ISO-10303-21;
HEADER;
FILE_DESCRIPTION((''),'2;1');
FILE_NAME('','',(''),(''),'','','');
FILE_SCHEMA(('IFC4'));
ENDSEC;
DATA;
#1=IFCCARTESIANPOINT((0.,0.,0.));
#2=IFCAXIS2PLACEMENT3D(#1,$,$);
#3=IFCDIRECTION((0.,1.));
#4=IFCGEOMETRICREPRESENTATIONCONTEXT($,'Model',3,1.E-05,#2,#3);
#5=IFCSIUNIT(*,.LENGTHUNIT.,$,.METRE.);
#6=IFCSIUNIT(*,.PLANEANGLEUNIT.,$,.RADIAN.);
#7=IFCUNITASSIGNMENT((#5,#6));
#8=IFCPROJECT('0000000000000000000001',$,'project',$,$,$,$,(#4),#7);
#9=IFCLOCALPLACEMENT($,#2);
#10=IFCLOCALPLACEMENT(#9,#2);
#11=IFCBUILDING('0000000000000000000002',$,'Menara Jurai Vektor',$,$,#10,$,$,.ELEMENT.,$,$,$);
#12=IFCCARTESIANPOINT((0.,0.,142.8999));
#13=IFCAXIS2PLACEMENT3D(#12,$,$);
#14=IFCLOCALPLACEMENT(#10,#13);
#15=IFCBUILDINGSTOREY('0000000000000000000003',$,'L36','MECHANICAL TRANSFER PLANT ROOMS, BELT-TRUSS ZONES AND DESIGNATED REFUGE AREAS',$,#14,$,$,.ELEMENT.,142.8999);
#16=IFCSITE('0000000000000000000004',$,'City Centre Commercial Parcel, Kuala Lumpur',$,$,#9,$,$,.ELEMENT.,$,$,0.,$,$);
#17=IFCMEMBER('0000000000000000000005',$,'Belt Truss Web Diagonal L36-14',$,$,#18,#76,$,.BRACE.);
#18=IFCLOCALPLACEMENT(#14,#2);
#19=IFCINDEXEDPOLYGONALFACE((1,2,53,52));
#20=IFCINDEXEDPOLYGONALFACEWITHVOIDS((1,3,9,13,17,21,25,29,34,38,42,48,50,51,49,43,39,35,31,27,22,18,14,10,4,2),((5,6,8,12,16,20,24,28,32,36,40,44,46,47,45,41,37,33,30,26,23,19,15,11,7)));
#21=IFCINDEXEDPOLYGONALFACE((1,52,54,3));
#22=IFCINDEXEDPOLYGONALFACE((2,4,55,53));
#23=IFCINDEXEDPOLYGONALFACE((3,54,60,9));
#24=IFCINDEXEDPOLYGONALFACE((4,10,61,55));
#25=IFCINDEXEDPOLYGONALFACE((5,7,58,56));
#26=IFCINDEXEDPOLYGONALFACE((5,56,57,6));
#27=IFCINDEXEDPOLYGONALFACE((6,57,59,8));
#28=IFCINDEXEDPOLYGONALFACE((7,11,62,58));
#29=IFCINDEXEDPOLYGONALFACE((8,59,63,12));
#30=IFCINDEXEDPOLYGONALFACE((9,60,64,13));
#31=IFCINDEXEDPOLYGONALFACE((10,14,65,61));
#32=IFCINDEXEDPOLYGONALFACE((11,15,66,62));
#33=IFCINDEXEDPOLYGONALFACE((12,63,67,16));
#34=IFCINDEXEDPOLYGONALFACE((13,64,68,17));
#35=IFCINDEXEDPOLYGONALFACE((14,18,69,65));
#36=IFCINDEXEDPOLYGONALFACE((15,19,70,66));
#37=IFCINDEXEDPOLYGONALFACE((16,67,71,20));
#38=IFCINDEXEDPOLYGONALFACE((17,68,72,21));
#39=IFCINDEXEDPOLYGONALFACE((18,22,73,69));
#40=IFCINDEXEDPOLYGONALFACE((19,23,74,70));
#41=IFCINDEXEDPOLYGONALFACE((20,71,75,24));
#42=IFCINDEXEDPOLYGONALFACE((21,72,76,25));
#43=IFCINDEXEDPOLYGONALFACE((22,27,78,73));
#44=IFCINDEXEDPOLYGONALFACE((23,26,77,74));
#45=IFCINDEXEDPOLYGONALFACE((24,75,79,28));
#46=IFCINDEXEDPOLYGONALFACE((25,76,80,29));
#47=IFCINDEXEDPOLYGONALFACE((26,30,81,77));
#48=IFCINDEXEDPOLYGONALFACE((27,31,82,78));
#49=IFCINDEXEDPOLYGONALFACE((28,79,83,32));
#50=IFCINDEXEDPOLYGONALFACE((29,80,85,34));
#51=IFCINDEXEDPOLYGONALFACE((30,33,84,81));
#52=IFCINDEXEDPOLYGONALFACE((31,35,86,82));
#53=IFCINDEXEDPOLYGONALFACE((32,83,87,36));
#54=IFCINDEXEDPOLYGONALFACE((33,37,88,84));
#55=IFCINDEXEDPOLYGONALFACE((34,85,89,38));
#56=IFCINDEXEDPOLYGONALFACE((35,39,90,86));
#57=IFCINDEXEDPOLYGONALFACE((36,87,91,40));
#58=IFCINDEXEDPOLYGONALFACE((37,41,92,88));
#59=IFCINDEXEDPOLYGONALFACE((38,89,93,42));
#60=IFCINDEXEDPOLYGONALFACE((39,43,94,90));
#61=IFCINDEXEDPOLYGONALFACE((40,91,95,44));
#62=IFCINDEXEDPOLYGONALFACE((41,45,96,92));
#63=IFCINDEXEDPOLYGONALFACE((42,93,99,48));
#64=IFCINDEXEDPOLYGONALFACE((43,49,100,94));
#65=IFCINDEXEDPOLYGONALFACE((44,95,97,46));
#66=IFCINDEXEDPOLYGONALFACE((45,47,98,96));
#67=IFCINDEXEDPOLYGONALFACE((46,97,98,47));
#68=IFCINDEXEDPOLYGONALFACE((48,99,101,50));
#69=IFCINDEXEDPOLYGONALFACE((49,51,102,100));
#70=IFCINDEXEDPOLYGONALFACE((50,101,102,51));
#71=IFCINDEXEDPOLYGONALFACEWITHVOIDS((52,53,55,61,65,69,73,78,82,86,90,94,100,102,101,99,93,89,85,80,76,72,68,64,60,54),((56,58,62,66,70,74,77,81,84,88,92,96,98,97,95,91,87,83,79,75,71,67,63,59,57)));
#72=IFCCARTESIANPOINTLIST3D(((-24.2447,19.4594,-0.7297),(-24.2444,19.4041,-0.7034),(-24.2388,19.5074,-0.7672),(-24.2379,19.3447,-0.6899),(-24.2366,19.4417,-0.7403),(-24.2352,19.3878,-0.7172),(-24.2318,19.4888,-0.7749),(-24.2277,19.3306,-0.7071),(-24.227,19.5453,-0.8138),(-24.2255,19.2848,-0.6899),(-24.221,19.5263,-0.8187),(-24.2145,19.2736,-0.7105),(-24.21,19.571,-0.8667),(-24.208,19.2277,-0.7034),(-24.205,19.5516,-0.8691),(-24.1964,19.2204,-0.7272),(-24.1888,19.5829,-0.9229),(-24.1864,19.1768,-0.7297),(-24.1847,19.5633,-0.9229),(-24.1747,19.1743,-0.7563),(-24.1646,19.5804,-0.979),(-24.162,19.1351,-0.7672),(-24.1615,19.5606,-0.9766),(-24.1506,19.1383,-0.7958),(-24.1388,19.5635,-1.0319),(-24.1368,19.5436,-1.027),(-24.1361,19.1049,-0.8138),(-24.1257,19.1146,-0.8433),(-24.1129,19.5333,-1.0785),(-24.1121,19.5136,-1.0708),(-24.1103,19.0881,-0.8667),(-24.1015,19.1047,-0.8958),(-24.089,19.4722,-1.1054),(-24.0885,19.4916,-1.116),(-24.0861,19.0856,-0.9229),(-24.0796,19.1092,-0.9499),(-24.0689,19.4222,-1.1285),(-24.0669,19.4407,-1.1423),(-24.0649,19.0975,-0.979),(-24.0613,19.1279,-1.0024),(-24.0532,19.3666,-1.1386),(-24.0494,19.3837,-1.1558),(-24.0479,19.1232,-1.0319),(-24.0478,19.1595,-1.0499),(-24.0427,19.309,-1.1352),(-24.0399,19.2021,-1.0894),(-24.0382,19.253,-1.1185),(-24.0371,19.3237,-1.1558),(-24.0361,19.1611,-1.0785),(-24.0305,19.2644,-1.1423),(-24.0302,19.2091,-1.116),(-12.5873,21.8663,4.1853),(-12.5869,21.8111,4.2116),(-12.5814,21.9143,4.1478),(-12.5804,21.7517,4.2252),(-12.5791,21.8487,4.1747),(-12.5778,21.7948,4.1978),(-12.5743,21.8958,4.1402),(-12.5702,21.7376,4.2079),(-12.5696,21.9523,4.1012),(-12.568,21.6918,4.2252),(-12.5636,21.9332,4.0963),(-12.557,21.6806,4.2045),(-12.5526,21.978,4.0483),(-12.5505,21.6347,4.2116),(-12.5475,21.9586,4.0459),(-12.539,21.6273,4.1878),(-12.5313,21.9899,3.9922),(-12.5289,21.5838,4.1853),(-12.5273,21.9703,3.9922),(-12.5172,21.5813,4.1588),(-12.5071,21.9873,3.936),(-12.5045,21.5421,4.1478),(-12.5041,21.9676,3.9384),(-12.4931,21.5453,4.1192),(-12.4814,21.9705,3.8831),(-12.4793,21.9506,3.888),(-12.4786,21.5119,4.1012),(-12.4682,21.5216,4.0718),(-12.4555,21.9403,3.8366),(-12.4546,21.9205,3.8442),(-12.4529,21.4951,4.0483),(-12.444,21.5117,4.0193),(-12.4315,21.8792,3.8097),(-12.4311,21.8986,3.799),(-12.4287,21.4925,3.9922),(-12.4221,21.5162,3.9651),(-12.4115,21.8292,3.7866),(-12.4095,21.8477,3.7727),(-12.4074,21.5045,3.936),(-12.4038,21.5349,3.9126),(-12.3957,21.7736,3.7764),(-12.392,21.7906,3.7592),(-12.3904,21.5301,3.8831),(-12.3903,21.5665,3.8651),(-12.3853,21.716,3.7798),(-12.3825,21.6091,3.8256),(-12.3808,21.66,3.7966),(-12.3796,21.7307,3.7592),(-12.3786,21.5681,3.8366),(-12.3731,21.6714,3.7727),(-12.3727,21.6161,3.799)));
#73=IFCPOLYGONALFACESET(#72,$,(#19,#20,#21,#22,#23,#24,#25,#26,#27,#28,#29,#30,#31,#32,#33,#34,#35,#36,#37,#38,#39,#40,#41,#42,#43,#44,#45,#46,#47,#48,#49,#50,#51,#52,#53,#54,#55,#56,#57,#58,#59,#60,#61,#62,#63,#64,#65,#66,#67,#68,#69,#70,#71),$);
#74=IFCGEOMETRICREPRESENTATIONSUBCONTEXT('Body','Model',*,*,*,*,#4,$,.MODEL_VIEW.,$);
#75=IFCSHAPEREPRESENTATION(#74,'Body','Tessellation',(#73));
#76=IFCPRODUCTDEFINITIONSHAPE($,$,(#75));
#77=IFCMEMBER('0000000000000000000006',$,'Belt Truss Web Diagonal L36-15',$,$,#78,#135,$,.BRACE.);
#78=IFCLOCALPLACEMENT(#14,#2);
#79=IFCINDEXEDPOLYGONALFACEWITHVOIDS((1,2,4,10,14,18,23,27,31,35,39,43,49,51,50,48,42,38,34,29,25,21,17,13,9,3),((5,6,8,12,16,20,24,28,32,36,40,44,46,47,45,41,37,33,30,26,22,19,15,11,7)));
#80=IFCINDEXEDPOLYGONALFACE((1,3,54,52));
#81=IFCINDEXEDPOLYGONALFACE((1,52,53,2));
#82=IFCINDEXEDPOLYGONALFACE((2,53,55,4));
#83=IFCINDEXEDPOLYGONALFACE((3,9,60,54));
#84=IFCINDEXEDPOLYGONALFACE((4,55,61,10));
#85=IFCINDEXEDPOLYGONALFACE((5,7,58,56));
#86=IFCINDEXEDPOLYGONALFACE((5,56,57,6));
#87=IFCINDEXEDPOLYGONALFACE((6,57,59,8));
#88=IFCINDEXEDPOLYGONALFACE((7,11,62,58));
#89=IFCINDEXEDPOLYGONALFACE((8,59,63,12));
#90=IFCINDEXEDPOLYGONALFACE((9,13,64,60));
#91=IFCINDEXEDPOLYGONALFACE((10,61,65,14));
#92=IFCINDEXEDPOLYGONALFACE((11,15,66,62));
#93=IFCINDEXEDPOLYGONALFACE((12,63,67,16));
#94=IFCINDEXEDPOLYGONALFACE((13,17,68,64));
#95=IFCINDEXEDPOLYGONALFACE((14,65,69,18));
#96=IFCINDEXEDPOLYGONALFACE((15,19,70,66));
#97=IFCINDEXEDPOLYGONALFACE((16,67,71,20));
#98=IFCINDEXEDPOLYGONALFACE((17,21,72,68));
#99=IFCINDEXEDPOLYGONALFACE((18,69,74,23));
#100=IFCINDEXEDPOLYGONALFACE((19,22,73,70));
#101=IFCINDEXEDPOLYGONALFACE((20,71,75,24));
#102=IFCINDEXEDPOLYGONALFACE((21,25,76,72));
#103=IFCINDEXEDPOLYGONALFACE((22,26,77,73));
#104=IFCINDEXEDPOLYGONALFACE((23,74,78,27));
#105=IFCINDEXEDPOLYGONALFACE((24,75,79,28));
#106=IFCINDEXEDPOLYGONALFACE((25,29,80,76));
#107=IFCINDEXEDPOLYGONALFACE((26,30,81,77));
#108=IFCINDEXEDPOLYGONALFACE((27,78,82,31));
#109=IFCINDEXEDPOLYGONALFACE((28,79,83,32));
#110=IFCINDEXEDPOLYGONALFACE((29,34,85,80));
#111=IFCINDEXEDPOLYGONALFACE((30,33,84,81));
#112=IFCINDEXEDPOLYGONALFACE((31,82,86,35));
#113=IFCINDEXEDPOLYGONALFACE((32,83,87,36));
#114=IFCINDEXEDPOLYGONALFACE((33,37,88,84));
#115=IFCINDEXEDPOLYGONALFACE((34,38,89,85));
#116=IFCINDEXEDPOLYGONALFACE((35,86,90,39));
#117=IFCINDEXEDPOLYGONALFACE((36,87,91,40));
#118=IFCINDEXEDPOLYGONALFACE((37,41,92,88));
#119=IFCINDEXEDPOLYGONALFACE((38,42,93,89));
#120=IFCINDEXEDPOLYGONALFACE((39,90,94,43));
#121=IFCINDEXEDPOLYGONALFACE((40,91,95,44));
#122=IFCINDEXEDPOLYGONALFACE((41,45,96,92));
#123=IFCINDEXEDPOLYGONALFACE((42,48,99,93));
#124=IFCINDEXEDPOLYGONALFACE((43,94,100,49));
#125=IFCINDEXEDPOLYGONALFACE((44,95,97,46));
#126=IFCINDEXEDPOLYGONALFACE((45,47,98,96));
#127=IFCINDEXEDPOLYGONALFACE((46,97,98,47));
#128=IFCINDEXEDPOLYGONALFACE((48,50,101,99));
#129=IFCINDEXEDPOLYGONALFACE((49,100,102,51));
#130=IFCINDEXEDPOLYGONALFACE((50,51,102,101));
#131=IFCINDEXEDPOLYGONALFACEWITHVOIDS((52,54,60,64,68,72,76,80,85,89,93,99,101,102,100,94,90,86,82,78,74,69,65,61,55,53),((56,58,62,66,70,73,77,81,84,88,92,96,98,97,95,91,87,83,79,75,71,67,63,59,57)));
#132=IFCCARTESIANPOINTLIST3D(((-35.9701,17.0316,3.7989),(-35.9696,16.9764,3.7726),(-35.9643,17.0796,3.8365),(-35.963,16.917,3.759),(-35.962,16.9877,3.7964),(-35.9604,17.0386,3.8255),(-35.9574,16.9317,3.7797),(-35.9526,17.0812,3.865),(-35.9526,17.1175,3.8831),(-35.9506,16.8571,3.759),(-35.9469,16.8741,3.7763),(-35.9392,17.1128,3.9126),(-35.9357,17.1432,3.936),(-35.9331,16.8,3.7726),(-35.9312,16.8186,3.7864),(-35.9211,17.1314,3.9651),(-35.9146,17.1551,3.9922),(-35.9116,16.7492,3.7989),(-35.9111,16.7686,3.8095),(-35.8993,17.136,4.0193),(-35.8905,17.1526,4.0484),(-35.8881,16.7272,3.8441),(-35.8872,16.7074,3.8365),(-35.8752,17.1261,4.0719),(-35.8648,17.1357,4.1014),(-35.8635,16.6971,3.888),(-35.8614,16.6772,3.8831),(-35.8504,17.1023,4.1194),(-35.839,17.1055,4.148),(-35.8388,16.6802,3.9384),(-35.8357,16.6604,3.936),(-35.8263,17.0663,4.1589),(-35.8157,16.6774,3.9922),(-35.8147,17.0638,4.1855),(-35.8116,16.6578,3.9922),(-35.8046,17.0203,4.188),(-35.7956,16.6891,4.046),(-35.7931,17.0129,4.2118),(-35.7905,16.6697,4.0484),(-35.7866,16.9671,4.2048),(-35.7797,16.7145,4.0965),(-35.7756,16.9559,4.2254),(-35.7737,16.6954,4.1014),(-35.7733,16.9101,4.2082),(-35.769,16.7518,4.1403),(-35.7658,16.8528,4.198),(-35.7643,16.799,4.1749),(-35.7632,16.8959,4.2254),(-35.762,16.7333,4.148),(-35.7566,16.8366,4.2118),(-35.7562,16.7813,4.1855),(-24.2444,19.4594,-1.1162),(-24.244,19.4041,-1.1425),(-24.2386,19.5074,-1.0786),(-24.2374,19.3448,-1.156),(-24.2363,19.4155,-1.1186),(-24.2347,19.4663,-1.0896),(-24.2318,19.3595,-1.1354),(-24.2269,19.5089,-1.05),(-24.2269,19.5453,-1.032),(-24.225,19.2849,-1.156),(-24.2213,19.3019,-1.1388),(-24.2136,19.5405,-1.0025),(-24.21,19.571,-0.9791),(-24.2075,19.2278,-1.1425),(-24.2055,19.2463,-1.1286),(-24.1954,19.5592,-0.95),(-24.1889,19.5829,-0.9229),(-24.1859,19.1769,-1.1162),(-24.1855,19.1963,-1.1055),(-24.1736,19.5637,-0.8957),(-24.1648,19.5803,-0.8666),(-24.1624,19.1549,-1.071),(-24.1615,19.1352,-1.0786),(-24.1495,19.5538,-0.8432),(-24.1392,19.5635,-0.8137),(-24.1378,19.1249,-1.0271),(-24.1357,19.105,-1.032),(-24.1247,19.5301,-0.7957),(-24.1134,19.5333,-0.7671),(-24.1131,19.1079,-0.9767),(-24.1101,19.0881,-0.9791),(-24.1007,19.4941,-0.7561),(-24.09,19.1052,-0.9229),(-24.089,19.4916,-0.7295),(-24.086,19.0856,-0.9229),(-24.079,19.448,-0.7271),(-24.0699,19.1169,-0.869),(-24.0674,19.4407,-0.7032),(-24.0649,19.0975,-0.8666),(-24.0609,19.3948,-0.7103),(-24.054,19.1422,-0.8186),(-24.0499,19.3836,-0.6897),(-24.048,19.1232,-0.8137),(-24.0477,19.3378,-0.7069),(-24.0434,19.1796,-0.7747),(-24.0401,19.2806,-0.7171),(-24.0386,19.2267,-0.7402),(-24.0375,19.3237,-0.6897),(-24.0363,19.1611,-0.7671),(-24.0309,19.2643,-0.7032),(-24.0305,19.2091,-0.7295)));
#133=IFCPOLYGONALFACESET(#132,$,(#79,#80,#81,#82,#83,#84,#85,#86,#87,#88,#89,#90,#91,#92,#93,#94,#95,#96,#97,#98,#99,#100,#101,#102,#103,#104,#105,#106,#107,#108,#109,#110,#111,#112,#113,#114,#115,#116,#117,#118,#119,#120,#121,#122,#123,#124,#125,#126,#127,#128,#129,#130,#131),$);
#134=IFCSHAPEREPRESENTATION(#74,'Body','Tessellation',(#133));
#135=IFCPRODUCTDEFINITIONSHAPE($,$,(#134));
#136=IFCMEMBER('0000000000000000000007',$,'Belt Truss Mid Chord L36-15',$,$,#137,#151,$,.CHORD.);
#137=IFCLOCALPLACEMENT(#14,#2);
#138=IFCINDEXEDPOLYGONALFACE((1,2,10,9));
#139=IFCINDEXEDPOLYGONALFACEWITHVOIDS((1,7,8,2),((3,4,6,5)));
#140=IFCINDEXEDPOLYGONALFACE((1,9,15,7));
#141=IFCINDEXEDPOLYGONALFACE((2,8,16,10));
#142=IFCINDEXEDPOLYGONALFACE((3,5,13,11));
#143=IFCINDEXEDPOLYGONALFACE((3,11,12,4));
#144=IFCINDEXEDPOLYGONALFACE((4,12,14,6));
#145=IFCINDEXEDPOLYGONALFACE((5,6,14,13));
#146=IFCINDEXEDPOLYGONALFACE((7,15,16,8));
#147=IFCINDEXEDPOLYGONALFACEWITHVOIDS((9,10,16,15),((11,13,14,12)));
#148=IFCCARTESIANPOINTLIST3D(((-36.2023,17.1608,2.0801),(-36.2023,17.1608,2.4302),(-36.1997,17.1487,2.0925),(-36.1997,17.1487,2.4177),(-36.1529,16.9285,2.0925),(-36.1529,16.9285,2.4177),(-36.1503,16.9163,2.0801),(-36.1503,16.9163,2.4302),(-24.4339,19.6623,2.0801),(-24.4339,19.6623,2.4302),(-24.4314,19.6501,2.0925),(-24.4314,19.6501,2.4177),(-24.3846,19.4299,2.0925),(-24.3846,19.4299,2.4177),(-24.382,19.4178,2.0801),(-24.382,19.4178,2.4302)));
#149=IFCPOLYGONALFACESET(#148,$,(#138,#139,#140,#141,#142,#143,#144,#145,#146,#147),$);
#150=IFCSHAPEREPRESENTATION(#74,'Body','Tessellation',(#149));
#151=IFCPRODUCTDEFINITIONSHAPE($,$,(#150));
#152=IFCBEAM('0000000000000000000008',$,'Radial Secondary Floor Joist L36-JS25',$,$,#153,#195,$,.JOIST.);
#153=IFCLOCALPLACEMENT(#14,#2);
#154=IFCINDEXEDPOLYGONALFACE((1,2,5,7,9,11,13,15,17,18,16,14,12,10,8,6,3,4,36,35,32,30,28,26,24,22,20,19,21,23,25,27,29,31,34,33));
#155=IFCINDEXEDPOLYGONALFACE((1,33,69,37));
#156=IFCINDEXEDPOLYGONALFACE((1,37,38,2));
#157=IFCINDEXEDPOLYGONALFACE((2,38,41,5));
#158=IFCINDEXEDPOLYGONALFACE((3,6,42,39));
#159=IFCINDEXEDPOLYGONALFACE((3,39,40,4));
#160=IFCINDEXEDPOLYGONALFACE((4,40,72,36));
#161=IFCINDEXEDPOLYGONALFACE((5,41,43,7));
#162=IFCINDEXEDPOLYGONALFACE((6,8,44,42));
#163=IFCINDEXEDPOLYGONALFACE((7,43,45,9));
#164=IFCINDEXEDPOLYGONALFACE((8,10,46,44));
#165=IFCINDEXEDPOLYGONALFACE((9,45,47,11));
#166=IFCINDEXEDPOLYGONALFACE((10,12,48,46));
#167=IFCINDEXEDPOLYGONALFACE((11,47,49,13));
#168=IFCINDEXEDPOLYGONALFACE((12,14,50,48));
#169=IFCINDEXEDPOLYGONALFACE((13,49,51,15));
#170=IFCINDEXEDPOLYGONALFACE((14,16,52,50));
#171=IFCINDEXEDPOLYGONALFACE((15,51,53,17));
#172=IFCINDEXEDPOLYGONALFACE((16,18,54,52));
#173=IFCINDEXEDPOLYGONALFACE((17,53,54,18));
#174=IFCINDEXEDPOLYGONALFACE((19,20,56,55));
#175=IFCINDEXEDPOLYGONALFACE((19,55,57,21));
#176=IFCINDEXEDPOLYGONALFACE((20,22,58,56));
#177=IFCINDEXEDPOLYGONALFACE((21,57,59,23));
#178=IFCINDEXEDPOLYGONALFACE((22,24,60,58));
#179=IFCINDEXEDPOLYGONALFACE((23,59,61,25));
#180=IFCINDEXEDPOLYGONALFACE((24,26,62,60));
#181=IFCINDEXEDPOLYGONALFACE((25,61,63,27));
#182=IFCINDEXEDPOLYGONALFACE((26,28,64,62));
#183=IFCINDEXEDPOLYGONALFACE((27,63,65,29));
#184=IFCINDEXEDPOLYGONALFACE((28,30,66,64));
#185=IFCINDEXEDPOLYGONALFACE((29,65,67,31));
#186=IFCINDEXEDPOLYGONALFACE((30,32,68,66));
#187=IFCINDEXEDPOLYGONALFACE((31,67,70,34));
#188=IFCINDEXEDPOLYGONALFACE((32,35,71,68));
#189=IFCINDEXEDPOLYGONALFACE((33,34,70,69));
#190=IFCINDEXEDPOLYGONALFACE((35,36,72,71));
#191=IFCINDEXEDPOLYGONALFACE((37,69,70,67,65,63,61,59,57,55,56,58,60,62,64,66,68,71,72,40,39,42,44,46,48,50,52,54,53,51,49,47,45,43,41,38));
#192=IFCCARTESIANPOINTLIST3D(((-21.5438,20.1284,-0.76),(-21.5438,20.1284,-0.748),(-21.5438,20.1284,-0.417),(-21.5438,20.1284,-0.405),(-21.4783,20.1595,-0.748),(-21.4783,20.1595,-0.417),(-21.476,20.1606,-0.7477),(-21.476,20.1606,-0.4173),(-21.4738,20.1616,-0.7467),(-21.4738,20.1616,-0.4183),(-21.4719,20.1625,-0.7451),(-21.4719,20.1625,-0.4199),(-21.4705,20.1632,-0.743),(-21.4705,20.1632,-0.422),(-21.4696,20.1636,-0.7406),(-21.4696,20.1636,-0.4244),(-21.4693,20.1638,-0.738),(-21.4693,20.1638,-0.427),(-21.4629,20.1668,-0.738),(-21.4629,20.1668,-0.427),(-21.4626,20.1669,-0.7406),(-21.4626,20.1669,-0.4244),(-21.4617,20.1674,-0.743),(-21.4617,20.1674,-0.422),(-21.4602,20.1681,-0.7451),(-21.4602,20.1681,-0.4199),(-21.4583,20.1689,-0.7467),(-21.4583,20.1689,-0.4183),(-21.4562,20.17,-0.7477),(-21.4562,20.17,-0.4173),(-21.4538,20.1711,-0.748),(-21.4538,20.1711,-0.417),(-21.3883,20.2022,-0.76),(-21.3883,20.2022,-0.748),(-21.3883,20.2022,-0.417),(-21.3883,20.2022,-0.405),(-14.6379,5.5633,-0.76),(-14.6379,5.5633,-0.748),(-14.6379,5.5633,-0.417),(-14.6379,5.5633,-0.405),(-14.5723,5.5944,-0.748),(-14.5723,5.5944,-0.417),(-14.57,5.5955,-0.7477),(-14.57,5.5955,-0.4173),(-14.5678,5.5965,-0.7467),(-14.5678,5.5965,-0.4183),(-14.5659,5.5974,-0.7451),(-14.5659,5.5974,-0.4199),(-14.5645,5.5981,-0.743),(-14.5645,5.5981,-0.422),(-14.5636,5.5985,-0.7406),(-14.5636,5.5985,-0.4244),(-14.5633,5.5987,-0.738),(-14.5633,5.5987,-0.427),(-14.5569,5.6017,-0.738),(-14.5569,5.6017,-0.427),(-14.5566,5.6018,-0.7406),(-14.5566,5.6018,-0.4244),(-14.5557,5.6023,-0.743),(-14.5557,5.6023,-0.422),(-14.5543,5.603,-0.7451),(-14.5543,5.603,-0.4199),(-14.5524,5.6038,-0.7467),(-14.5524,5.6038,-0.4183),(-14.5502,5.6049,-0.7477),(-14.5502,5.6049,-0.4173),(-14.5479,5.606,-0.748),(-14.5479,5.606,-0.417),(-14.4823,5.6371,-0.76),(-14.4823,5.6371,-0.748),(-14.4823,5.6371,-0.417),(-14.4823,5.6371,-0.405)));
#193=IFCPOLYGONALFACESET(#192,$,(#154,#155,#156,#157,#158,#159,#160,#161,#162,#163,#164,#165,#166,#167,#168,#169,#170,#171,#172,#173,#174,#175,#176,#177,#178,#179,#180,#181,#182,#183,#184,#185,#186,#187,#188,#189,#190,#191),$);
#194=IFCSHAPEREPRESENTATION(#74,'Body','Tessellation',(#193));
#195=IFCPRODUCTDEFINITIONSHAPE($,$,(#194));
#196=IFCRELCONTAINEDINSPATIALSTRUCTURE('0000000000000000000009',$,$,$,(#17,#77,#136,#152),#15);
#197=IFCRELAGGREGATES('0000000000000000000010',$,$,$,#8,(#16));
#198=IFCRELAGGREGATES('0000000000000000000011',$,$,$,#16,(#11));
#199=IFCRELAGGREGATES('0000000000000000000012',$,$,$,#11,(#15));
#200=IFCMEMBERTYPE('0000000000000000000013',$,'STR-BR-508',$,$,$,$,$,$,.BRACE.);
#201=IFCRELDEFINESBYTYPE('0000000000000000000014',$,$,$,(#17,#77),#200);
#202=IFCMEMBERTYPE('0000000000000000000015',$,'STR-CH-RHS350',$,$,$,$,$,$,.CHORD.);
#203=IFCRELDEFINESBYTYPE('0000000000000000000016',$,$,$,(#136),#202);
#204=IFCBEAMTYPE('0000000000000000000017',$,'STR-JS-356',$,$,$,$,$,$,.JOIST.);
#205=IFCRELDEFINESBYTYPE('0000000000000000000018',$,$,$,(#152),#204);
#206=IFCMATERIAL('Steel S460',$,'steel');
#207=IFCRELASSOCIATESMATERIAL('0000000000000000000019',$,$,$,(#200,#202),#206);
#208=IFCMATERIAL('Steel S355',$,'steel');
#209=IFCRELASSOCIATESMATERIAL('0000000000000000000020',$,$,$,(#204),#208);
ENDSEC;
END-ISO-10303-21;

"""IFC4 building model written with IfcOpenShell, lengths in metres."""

from ifc_helpers import new_model, si_unit, direction, frame, origin, origin_2d, place, context, subcontext, project, spatial, hollow_rectangle, hollow_circle, i_section, extrude, material, material_profile, profile_set, type_object, element, save


model = new_model("IFC4")

# Units and contexts
model_context = context("Model", 3, precision=1e-05, world=origin(), true_north=direction((0.0, 1.0)))
body_context = subcontext(model_context, "Body", "Model", "MODEL_VIEW")
ifc_project = project(units=[si_unit("LENGTHUNIT", "METRE"), si_unit("PLANEANGLEUNIT", "RADIAN")], contexts=[model_context])

# Site, building, storey
site_placement = place(None, origin())
site = spatial("IfcSite", under=ifc_project, at=site_placement, Name="City Centre Commercial Parcel, Kuala Lumpur", CompositionType="ELEMENT", RefElevation=0.0)
building_placement = place(site_placement, origin())
building = spatial("IfcBuilding", under=site, at=building_placement, Name="Menara Jurai Vektor", CompositionType="ELEMENT")
storey_placement = place(building_placement, frame((0.0, 0.0, 142.8999)))
storey = spatial("IfcBuildingStorey", under=building, at=storey_placement, Name="L36", Description="MECHANICAL TRANSFER PLANT ROOMS, BELT-TRUSS ZONES AND DESIGNATED REFUGE AREAS", CompositionType="ELEMENT", Elevation=142.8999)

# Shared definitions
ifc_material_1 = material(Name="Steel S460", Category="steel")

# Shared definitions
ifc_material_2 = material(Name="Steel S355", Category="steel")

# Members
ifc_material_profile_1 = material_profile(ifc_material_1, hollow_circle(Radius=0.2539, WallThickness=0.02, at=origin_2d()), Name="CHS 508x20")
ifc_profile_set_1 = profile_set([ifc_material_profile_1], Name="Steel S460")
member_type_1 = type_object("IfcMemberType", Name="STR-BR-508", PredefinedType="BRACE", material=ifc_profile_set_1)
member_1_placement = place(storey_placement, frame((-24.1375, 19.3342, -0.9229), z_axis=(0.90521, 0.186904, 0.381656), x_axis=(-0.20221, 0.979342, 0.0)))
element("IfcMember", 1, at=member_1_placement, inside=storey, type_object=member_type_1, Name="Belt Truss Web Diagonal L36-14", PredefinedType="BRACE", context=body_context, shape_type="SweptSolid", body=[
    extrude(hollow_circle(Radius=0.2539, WallThickness=0.02, at=origin_2d()), origin(), (0.0, 0.0, 1.0), 12.8782),
])
member_2_placement = place(storey_placement, frame((-24.1375, 19.3342, -0.9229), z_axis=(-0.905887, -0.18756, 0.379723), x_axis=(0.202746, -0.979231, 0.0)))
element("IfcMember", 2, at=member_2_placement, inside=storey, type_object=member_type_1, Name="Belt Truss Web Diagonal L36-15", PredefinedType="BRACE", context=body_context, shape_type="SweptSolid", body=[
    extrude(hollow_circle(Radius=0.2539, WallThickness=0.02, at=origin_2d()), origin(), (0.0, 0.0, 1.0), 12.9438),
])
ifc_material_profile_2 = material_profile(ifc_material_1, hollow_rectangle(XDim=0.25, YDim=0.3501, WallThickness=0.0125, at=origin_2d()), Name="RHS 350x250x12.5")
ifc_profile_set_2 = profile_set([ifc_material_profile_2], Name="Steel S460")
member_type_2 = type_object("IfcMemberType", Name="STR-CH-RHS350", PredefinedType="CHORD", material=ifc_profile_set_2)
member_3_placement = place(storey_placement, frame((-24.408, 19.54, 2.2551), z_axis=(-0.978147, -0.207914, 0.0), x_axis=(0.207914, -0.978147, 0.0)))
element("IfcMember", 3, at=member_3_placement, inside=storey, type_object=member_type_2, Name="Belt Truss Mid Chord L36-15", PredefinedType="CHORD", context=body_context, shape_type="SweptSolid", body=[
    extrude(hollow_rectangle(XDim=0.25, YDim=0.3501, WallThickness=0.0125, at=origin_2d()), origin(), (0.0, 0.0, 1.0), 12.0312),
])

# Beam
ifc_material_profile_3 = material_profile(ifc_material_2, i_section(OverallWidth=0.1721, OverallDepth=0.355, WebThickness=0.0071, FlangeThickness=0.012, FilletRadius=0.01, at=origin_2d()), Name="UKB 356x171x51")
ifc_profile_set_3 = profile_set([ifc_material_profile_3], Name="Steel S355")
beam_type_1 = type_object("IfcBeamType", Name="STR-JS-356", PredefinedType="JOIST", material=ifc_profile_set_3)
beam_1_placement = place(storey_placement, frame((-21.4661, 20.1653, -0.5825), z_axis=(0.428426, -0.903577, 0.0), x_axis=(0.903577, 0.428426, 0.0)))
element("IfcBeam", 4, at=beam_1_placement, inside=storey, type_object=beam_type_1, Name="Radial Secondary Floor Joist L36-JS25", PredefinedType="JOIST", context=body_context, shape_type="SweptSolid", body=[
    extrude(i_section(OverallWidth=0.1721, OverallDepth=0.355, WebThickness=0.0071, FlangeThickness=0.012, FilletRadius=0.01, at=origin_2d()), origin(), (0.0, 0.0, 1.0), 16.1194),
])

save(model, "model.ifc")
